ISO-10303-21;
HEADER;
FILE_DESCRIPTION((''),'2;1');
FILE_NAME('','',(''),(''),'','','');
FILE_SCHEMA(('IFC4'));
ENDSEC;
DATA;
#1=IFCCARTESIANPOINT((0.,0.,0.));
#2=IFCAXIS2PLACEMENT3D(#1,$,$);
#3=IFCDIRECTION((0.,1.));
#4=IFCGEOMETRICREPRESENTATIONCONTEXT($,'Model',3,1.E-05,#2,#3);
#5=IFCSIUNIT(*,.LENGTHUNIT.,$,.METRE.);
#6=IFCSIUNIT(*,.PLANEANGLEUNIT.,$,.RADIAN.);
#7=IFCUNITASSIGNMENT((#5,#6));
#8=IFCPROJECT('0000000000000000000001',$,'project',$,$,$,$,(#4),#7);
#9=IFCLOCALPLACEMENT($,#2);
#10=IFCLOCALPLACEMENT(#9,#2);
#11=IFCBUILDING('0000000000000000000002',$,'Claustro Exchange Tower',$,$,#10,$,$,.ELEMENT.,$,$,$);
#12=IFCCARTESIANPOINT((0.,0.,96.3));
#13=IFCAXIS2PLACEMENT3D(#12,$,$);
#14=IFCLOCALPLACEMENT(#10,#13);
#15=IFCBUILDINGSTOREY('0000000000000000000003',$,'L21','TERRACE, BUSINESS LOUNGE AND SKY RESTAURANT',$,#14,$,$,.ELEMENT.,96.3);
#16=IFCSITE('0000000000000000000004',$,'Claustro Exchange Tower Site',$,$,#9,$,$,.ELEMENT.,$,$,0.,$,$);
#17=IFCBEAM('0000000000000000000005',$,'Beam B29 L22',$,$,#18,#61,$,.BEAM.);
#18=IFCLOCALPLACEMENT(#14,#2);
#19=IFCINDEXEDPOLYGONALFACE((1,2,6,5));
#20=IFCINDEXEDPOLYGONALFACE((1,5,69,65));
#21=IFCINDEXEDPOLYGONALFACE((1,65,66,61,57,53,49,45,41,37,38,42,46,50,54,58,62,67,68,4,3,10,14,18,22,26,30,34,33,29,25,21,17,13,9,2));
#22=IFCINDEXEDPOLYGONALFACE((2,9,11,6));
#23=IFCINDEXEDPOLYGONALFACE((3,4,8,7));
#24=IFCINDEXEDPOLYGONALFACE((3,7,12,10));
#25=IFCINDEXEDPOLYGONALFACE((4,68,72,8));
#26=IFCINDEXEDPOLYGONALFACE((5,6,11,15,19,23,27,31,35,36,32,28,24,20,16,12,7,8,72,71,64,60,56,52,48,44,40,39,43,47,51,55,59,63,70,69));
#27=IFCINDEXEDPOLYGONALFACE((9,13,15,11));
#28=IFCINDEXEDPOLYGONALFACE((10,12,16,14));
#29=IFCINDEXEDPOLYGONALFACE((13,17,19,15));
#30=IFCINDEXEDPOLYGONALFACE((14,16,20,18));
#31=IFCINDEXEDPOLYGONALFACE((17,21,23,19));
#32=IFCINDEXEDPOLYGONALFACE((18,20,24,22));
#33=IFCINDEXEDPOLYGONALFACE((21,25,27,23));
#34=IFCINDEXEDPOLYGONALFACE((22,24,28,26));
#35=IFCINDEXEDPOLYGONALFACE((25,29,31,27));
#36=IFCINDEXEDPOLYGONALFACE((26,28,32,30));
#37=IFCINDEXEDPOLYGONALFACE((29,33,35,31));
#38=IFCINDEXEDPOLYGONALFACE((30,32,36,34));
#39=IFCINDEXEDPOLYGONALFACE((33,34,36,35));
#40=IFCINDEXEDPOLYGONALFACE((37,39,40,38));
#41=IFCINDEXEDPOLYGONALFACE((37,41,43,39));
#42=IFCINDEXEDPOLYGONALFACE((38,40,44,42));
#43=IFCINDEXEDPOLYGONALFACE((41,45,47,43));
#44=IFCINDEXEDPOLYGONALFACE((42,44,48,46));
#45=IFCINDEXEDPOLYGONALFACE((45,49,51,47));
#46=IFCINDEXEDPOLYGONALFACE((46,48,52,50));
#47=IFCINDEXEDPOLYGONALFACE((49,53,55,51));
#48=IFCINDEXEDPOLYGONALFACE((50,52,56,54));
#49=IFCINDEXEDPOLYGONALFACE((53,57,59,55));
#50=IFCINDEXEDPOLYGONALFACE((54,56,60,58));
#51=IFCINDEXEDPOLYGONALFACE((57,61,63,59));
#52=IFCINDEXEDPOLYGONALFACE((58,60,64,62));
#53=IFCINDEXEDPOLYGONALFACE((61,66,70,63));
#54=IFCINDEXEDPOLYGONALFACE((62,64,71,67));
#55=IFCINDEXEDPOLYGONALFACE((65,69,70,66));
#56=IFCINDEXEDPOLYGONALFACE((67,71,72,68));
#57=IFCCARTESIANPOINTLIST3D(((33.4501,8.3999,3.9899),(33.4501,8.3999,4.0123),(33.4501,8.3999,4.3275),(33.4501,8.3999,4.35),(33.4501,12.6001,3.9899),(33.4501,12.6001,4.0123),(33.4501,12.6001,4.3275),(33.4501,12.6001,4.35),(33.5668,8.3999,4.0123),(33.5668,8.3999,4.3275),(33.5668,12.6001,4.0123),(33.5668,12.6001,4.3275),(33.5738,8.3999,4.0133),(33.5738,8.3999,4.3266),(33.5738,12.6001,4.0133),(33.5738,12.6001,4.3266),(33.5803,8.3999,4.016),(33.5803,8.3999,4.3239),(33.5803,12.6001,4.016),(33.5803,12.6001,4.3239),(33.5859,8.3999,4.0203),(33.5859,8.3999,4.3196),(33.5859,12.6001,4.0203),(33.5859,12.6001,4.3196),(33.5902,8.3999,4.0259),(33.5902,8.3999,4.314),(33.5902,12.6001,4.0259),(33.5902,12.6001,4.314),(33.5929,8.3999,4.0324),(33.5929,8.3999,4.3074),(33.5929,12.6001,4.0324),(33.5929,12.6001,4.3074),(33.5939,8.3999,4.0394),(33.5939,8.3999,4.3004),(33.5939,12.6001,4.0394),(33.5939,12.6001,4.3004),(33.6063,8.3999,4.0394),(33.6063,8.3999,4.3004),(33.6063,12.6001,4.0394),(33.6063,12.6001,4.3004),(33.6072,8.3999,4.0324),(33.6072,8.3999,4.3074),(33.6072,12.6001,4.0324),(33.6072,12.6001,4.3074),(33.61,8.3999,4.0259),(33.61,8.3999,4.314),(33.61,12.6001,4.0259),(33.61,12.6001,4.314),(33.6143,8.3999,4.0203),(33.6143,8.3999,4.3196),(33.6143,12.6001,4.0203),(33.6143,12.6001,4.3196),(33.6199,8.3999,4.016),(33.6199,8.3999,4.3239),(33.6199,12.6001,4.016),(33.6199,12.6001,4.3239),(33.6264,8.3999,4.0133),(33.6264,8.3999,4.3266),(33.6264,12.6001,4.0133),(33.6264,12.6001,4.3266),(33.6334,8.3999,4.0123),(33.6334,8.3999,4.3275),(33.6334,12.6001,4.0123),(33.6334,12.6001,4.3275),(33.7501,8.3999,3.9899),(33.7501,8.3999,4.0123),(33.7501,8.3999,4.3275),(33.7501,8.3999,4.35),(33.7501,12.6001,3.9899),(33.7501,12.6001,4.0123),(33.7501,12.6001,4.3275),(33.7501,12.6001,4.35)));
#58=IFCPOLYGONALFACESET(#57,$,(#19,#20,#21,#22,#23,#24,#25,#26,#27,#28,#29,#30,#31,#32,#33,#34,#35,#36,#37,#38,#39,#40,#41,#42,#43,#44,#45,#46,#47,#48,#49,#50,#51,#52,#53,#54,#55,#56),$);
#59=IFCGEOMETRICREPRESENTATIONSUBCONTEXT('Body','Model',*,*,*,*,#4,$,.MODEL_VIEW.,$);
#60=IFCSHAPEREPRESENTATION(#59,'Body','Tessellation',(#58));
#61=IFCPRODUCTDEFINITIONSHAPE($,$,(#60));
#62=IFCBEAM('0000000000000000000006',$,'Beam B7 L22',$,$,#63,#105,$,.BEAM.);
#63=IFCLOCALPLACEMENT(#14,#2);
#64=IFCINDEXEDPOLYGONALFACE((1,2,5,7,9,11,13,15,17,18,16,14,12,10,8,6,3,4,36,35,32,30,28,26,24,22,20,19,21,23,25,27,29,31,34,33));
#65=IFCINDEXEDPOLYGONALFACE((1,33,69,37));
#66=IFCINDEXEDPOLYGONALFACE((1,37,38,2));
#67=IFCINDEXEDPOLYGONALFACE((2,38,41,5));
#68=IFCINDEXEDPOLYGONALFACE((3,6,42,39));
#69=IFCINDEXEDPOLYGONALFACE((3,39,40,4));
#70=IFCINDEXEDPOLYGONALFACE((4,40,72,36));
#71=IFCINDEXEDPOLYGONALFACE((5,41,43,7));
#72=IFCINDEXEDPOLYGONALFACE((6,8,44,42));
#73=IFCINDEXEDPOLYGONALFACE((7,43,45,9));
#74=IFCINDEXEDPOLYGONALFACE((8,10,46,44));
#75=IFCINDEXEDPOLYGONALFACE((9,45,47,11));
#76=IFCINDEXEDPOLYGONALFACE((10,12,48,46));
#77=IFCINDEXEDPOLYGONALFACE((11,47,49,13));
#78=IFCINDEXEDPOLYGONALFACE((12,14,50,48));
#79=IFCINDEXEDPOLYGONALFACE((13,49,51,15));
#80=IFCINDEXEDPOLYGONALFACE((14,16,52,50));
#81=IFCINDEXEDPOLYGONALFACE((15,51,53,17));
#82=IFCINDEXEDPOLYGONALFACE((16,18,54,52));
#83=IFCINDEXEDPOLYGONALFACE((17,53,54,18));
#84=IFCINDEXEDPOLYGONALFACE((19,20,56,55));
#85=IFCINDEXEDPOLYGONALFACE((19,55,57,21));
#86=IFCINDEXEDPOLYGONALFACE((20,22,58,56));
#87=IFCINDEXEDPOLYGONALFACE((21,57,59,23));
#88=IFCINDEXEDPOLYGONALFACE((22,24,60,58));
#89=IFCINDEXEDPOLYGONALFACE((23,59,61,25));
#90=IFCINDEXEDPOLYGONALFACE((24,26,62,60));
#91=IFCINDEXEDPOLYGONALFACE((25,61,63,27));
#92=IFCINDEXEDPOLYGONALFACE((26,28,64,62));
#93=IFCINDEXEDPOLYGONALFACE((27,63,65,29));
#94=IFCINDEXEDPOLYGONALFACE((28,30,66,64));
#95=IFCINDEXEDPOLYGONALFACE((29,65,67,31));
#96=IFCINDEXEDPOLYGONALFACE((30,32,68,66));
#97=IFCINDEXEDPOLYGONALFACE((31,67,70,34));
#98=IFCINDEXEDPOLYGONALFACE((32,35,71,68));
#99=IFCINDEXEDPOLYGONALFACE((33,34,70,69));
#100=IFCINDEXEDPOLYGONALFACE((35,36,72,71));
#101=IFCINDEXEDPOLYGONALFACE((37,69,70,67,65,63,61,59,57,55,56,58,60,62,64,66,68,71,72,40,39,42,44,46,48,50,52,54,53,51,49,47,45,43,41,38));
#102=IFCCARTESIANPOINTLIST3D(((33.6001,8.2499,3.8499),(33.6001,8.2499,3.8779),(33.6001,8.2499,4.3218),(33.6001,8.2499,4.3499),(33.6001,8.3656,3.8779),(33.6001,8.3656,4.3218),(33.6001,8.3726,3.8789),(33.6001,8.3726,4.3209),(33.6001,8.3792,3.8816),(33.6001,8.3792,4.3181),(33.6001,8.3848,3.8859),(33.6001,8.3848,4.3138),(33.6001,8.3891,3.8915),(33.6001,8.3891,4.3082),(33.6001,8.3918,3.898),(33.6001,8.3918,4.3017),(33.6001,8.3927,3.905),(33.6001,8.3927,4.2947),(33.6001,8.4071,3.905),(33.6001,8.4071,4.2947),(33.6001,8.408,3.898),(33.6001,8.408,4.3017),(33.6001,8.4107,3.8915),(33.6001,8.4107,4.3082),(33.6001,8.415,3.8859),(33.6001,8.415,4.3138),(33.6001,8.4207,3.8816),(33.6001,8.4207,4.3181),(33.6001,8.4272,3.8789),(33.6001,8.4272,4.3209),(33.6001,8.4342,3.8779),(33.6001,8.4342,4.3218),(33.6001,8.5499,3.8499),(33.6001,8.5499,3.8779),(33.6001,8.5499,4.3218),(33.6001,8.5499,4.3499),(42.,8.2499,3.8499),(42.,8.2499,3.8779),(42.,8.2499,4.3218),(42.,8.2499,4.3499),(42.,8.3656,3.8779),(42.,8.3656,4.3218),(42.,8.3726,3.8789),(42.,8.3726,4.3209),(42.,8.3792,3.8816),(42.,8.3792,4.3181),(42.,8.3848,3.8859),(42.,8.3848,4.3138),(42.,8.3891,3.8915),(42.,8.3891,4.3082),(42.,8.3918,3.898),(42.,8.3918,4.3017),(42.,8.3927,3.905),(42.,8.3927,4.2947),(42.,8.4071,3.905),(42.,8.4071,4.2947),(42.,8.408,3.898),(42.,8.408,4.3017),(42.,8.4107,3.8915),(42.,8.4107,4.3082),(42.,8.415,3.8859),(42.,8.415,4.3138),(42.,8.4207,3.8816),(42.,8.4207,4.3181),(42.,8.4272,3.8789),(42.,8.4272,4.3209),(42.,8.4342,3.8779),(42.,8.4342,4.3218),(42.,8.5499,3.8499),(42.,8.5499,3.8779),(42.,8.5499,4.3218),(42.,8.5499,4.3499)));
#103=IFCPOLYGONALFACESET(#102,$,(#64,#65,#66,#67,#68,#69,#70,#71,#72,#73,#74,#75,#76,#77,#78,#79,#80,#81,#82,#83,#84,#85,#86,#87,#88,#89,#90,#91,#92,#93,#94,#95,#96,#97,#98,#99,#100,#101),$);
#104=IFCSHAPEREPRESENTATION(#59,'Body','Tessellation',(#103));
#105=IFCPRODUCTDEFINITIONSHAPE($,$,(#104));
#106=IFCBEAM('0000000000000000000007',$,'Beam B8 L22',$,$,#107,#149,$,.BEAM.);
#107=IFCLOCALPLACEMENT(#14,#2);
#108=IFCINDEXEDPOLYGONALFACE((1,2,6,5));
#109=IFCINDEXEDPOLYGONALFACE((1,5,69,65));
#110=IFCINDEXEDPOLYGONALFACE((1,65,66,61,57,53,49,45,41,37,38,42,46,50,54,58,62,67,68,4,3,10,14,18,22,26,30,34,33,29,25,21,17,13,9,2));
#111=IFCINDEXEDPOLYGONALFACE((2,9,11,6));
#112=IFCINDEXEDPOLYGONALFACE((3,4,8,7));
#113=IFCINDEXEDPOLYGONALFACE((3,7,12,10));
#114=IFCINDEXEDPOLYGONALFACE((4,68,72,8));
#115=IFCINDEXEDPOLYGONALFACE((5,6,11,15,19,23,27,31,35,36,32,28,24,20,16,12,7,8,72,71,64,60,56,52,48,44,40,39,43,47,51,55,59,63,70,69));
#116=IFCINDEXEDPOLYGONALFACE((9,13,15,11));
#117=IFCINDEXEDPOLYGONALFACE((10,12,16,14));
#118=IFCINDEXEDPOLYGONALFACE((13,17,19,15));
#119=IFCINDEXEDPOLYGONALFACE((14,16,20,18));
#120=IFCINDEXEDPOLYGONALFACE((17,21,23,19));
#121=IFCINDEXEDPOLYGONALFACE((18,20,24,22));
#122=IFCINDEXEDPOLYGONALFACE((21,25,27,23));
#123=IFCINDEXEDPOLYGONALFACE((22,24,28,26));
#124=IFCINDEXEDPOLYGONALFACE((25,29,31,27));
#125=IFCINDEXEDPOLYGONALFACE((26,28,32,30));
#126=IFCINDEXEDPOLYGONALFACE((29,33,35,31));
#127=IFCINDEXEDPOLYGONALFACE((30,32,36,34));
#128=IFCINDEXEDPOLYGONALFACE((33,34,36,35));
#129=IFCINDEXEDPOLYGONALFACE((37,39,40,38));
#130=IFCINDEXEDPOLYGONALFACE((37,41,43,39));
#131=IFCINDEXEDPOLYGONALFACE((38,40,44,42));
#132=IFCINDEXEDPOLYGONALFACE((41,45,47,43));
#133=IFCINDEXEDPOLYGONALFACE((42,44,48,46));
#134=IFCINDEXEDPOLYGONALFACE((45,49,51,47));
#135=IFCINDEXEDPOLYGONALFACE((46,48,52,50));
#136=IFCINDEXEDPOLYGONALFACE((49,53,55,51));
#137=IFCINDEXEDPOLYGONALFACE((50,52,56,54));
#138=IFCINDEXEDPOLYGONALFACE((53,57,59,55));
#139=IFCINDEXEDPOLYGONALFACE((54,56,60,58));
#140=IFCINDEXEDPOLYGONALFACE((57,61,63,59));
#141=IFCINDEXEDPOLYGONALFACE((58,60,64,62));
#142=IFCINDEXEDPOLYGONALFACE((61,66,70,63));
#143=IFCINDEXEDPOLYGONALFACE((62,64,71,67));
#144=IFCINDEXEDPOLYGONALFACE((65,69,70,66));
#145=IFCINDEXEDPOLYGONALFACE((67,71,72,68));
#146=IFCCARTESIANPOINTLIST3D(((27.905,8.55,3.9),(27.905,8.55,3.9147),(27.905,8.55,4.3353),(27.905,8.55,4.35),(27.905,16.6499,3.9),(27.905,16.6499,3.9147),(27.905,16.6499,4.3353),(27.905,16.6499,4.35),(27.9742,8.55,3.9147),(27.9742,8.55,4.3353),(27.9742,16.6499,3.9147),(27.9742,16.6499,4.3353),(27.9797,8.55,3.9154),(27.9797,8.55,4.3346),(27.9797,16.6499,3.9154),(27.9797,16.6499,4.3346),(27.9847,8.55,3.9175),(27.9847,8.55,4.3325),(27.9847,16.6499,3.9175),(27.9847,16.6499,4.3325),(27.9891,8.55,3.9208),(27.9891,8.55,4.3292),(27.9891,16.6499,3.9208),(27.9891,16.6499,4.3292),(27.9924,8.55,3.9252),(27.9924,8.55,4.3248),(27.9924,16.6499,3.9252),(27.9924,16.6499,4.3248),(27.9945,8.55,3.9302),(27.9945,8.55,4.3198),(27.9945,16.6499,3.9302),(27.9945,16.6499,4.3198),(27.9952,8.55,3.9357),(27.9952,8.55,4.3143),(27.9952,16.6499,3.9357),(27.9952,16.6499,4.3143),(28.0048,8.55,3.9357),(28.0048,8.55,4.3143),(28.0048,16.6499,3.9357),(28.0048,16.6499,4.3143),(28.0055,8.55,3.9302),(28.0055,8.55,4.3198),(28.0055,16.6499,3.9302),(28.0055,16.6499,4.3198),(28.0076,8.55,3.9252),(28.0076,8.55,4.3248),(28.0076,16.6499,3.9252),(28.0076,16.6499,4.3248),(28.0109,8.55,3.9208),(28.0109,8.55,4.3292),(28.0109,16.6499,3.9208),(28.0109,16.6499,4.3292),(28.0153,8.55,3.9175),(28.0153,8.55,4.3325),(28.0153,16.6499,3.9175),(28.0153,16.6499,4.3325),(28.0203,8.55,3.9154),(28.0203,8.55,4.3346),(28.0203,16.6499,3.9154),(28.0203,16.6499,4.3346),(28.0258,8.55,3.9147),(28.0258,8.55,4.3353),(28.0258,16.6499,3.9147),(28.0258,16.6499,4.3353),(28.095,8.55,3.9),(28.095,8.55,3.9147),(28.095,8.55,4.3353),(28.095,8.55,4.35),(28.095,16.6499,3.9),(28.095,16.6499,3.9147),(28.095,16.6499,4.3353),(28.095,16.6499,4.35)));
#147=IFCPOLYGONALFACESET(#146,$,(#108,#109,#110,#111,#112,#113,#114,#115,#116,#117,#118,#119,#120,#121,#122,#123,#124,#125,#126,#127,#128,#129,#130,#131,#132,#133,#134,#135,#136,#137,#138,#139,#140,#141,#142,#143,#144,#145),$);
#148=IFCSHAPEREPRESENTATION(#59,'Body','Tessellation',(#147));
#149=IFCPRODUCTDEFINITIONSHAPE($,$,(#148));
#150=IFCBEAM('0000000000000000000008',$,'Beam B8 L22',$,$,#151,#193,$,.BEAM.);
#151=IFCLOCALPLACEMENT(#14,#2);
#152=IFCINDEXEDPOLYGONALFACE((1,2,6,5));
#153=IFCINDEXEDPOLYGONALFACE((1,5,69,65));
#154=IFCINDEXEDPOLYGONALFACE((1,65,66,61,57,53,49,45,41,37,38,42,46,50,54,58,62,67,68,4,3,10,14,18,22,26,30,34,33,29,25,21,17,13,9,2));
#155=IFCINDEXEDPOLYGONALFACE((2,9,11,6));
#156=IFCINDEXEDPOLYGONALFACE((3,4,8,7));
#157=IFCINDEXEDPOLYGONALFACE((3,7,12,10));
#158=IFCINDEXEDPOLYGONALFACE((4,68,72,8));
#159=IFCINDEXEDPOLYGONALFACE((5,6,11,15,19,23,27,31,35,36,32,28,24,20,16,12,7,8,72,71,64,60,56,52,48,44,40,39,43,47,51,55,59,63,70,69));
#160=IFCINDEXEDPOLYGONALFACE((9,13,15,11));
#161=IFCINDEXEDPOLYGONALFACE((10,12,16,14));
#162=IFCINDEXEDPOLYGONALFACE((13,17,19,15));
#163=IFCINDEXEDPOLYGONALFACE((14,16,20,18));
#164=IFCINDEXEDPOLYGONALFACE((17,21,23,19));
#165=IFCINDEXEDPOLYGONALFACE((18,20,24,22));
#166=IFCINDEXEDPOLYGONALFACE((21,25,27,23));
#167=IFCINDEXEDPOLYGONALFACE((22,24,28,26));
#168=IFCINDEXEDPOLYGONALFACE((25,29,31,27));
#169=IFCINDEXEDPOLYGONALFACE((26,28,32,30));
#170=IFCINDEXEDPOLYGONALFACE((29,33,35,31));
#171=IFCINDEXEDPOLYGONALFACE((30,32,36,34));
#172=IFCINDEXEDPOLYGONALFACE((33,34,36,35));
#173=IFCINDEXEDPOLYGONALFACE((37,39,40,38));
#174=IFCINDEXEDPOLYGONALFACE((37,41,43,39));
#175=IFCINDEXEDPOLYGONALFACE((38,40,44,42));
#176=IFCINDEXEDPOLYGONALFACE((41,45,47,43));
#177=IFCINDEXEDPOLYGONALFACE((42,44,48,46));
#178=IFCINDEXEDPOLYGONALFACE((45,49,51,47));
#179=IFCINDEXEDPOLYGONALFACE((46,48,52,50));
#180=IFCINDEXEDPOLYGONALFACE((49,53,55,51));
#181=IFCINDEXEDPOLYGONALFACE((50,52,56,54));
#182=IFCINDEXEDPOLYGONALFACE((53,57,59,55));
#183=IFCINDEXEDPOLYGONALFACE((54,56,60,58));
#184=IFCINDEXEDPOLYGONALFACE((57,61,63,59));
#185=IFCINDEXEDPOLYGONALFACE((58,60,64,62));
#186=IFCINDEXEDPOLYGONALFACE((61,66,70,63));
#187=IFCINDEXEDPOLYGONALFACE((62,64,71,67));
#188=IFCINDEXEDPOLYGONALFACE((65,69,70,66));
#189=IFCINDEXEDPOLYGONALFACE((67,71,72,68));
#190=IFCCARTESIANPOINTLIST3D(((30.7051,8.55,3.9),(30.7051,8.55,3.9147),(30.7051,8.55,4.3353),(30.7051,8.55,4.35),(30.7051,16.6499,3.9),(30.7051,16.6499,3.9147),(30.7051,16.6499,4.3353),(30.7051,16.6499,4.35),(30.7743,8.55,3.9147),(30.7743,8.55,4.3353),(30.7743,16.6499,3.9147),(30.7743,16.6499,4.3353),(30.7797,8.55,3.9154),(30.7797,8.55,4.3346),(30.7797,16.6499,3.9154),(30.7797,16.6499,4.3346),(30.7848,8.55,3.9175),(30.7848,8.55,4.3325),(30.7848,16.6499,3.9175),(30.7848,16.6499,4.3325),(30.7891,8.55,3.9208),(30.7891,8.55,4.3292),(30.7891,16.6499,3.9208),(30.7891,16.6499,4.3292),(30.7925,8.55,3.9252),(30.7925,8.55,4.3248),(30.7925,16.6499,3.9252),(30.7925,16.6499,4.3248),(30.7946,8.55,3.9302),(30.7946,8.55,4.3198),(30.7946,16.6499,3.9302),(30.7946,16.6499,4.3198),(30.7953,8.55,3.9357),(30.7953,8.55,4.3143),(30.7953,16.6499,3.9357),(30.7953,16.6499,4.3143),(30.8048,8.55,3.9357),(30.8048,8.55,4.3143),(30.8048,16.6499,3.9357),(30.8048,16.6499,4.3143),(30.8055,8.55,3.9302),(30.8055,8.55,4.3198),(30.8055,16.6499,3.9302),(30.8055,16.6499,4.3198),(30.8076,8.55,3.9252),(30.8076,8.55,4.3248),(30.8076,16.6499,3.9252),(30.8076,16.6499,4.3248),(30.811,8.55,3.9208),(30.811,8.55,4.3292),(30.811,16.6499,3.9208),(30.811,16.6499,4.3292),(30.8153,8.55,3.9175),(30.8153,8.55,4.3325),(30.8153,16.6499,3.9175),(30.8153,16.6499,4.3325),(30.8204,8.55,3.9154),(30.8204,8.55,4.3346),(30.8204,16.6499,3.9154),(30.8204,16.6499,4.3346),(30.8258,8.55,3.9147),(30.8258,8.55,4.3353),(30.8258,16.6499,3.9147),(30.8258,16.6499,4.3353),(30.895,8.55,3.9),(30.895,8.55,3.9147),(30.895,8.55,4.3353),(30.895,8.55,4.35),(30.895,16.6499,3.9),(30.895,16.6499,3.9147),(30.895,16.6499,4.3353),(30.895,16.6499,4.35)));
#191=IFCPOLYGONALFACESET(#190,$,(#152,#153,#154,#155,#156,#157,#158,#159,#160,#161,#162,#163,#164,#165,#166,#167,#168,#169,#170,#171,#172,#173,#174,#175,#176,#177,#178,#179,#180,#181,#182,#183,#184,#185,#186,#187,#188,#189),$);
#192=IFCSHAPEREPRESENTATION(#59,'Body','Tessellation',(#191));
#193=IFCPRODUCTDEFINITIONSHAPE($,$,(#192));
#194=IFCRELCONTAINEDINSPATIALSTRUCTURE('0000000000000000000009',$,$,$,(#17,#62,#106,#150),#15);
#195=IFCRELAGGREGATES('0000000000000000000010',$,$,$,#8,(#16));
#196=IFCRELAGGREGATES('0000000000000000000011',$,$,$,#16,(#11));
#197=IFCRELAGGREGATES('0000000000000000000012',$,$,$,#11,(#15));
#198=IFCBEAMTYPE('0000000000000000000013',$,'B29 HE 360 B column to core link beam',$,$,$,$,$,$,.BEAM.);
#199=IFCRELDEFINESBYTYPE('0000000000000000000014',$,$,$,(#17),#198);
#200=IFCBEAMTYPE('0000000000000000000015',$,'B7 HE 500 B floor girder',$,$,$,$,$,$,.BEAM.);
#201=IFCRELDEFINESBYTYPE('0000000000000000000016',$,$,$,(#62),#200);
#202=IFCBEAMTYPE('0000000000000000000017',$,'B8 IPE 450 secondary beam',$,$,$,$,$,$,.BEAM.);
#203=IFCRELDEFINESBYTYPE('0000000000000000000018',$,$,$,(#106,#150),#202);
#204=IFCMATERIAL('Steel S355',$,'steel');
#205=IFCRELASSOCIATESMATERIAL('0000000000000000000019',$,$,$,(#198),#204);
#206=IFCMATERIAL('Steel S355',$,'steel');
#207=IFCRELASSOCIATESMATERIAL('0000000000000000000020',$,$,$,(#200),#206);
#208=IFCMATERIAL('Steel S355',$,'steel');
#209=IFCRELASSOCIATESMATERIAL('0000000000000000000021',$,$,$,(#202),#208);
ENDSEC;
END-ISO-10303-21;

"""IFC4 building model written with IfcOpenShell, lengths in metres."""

from ifc_helpers import new_model, si_unit, direction, frame, origin, origin_2d, place, context, subcontext, project, spatial, i_section, extrude, material, material_profile, profile_set, type_object, element, save


model = new_model("IFC4")

# Units and contexts
model_context = context("Model", 3, precision=1e-05, world=origin(), true_north=direction((0.0, 1.0)))
body_context = subcontext(model_context, "Body", "Model", "MODEL_VIEW")
ifc_project = project(units=[si_unit("LENGTHUNIT", "METRE"), si_unit("PLANEANGLEUNIT", "RADIAN")], contexts=[model_context])

# Site, building, storey
site_placement = place(None, origin())
site = spatial("IfcSite", under=ifc_project, at=site_placement, Name="Claustro Exchange Tower Site", CompositionType="ELEMENT", RefElevation=0.0)
building_placement = place(site_placement, origin())
building = spatial("IfcBuilding", under=site, at=building_placement, Name="Claustro Exchange Tower", CompositionType="ELEMENT")
storey_placement = place(building_placement, frame((0.0, 0.0, 96.3)))
storey = spatial("IfcBuildingStorey", under=building, at=storey_placement, Name="L21", Description="TERRACE, BUSINESS LOUNGE AND SKY RESTAURANT", CompositionType="ELEMENT", Elevation=96.3)

# Beams
ifc_material_1 = material(Name="Steel S355", Category="steel")
ifc_material_profile_1 = material_profile(ifc_material_1, i_section(OverallWidth=0.3, OverallDepth=0.3601, WebThickness=0.0125, FlangeThickness=0.0225, FilletRadius=0.0271, at=origin_2d()), Name="HE 360 B")
ifc_profile_set_1 = profile_set([ifc_material_profile_1], Name="Steel S355")
beam_type_1 = type_object("IfcBeamType", Name="B29 HE 360 B column to core link beam", PredefinedType="BEAM", material=ifc_profile_set_1)
beam_1_placement = place(storey_placement, frame((33.6001, 8.3999, 4.1699), z_axis=(0.0, 1.0, 0.0), x_axis=(-1.0, 0.0, 0.0)))
element("IfcBeam", 1, at=beam_1_placement, inside=storey, type_object=beam_type_1, Name="Beam B29 L22", PredefinedType="BEAM", context=body_context, shape_type="SweptSolid", body=[
    extrude(i_section(OverallWidth=0.3, OverallDepth=0.3601, WebThickness=0.0125, FlangeThickness=0.0225, FilletRadius=0.0271, at=origin_2d()), origin(), (0.0, 0.0, 1.0), 4.2002),
])
ifc_material_2 = material(Name="Steel S355", Category="steel")
ifc_material_profile_2 = material_profile(ifc_material_2, i_section(OverallWidth=0.3, OverallDepth=0.5, WebThickness=0.0144, FlangeThickness=0.0281, FilletRadius=0.0271, at=origin_2d()), Name="HE 500 B")
ifc_profile_set_2 = profile_set([ifc_material_profile_2], Name="Steel S355")
beam_type_2 = type_object("IfcBeamType", Name="B7 HE 500 B floor girder", PredefinedType="BEAM", material=ifc_profile_set_2)
beam_2_placement = place(storey_placement, frame((33.6001, 8.3999, 4.0999), z_axis=(1.0, 0.0, 0.0), x_axis=(0.0, 1.0, 0.0)))
element("IfcBeam", 2, at=beam_2_placement, inside=storey, type_object=beam_type_2, Name="Beam B7 L22", PredefinedType="BEAM", context=body_context, shape_type="SweptSolid", body=[
    extrude(i_section(OverallWidth=0.3, OverallDepth=0.5, WebThickness=0.0144, FlangeThickness=0.0281, FilletRadius=0.0271, at=origin_2d()), origin(), (0.0, 0.0, 1.0), 8.3999),
])
ifc_material_3 = material(Name="Steel S355", Category="steel")
ifc_material_profile_3 = material_profile(ifc_material_3, i_section(OverallWidth=0.1899, OverallDepth=0.45, WebThickness=0.0095, FlangeThickness=0.0146, FilletRadius=0.021, at=origin_2d()), Name="IPE 450")
ifc_profile_set_3 = profile_set([ifc_material_profile_3], Name="Steel S355")
beam_type_3 = type_object("IfcBeamType", Name="B8 IPE 450 secondary beam", PredefinedType="BEAM", material=ifc_profile_set_3)
for number, where, z_axis, x_axis, name in (
    (3, (28.0, 8.55, 4.125), (0.0, 1.0, 0.0), (-1.0, 0.0, 0.0), "Beam B8 L22"),
    (4, (30.8, 8.55, 4.125), (0.0, 1.0, 0.0), (-1.0, 0.0, 0.0), "Beam B8 L22"),
):
    element("IfcBeam", number, at=place(storey_placement, frame(where, z_axis=z_axis, x_axis=x_axis)), inside=storey, type_object=beam_type_3, Name=name, PredefinedType="BEAM", context=body_context, shape_type="SweptSolid", body=[
        extrude(i_section(OverallWidth=0.1899, OverallDepth=0.45, WebThickness=0.0095, FlangeThickness=0.0146, FilletRadius=0.021, at=origin_2d()), origin(), (0.0, 0.0, 1.0), 8.0999),
    ])

save(model, "model.ifc")
